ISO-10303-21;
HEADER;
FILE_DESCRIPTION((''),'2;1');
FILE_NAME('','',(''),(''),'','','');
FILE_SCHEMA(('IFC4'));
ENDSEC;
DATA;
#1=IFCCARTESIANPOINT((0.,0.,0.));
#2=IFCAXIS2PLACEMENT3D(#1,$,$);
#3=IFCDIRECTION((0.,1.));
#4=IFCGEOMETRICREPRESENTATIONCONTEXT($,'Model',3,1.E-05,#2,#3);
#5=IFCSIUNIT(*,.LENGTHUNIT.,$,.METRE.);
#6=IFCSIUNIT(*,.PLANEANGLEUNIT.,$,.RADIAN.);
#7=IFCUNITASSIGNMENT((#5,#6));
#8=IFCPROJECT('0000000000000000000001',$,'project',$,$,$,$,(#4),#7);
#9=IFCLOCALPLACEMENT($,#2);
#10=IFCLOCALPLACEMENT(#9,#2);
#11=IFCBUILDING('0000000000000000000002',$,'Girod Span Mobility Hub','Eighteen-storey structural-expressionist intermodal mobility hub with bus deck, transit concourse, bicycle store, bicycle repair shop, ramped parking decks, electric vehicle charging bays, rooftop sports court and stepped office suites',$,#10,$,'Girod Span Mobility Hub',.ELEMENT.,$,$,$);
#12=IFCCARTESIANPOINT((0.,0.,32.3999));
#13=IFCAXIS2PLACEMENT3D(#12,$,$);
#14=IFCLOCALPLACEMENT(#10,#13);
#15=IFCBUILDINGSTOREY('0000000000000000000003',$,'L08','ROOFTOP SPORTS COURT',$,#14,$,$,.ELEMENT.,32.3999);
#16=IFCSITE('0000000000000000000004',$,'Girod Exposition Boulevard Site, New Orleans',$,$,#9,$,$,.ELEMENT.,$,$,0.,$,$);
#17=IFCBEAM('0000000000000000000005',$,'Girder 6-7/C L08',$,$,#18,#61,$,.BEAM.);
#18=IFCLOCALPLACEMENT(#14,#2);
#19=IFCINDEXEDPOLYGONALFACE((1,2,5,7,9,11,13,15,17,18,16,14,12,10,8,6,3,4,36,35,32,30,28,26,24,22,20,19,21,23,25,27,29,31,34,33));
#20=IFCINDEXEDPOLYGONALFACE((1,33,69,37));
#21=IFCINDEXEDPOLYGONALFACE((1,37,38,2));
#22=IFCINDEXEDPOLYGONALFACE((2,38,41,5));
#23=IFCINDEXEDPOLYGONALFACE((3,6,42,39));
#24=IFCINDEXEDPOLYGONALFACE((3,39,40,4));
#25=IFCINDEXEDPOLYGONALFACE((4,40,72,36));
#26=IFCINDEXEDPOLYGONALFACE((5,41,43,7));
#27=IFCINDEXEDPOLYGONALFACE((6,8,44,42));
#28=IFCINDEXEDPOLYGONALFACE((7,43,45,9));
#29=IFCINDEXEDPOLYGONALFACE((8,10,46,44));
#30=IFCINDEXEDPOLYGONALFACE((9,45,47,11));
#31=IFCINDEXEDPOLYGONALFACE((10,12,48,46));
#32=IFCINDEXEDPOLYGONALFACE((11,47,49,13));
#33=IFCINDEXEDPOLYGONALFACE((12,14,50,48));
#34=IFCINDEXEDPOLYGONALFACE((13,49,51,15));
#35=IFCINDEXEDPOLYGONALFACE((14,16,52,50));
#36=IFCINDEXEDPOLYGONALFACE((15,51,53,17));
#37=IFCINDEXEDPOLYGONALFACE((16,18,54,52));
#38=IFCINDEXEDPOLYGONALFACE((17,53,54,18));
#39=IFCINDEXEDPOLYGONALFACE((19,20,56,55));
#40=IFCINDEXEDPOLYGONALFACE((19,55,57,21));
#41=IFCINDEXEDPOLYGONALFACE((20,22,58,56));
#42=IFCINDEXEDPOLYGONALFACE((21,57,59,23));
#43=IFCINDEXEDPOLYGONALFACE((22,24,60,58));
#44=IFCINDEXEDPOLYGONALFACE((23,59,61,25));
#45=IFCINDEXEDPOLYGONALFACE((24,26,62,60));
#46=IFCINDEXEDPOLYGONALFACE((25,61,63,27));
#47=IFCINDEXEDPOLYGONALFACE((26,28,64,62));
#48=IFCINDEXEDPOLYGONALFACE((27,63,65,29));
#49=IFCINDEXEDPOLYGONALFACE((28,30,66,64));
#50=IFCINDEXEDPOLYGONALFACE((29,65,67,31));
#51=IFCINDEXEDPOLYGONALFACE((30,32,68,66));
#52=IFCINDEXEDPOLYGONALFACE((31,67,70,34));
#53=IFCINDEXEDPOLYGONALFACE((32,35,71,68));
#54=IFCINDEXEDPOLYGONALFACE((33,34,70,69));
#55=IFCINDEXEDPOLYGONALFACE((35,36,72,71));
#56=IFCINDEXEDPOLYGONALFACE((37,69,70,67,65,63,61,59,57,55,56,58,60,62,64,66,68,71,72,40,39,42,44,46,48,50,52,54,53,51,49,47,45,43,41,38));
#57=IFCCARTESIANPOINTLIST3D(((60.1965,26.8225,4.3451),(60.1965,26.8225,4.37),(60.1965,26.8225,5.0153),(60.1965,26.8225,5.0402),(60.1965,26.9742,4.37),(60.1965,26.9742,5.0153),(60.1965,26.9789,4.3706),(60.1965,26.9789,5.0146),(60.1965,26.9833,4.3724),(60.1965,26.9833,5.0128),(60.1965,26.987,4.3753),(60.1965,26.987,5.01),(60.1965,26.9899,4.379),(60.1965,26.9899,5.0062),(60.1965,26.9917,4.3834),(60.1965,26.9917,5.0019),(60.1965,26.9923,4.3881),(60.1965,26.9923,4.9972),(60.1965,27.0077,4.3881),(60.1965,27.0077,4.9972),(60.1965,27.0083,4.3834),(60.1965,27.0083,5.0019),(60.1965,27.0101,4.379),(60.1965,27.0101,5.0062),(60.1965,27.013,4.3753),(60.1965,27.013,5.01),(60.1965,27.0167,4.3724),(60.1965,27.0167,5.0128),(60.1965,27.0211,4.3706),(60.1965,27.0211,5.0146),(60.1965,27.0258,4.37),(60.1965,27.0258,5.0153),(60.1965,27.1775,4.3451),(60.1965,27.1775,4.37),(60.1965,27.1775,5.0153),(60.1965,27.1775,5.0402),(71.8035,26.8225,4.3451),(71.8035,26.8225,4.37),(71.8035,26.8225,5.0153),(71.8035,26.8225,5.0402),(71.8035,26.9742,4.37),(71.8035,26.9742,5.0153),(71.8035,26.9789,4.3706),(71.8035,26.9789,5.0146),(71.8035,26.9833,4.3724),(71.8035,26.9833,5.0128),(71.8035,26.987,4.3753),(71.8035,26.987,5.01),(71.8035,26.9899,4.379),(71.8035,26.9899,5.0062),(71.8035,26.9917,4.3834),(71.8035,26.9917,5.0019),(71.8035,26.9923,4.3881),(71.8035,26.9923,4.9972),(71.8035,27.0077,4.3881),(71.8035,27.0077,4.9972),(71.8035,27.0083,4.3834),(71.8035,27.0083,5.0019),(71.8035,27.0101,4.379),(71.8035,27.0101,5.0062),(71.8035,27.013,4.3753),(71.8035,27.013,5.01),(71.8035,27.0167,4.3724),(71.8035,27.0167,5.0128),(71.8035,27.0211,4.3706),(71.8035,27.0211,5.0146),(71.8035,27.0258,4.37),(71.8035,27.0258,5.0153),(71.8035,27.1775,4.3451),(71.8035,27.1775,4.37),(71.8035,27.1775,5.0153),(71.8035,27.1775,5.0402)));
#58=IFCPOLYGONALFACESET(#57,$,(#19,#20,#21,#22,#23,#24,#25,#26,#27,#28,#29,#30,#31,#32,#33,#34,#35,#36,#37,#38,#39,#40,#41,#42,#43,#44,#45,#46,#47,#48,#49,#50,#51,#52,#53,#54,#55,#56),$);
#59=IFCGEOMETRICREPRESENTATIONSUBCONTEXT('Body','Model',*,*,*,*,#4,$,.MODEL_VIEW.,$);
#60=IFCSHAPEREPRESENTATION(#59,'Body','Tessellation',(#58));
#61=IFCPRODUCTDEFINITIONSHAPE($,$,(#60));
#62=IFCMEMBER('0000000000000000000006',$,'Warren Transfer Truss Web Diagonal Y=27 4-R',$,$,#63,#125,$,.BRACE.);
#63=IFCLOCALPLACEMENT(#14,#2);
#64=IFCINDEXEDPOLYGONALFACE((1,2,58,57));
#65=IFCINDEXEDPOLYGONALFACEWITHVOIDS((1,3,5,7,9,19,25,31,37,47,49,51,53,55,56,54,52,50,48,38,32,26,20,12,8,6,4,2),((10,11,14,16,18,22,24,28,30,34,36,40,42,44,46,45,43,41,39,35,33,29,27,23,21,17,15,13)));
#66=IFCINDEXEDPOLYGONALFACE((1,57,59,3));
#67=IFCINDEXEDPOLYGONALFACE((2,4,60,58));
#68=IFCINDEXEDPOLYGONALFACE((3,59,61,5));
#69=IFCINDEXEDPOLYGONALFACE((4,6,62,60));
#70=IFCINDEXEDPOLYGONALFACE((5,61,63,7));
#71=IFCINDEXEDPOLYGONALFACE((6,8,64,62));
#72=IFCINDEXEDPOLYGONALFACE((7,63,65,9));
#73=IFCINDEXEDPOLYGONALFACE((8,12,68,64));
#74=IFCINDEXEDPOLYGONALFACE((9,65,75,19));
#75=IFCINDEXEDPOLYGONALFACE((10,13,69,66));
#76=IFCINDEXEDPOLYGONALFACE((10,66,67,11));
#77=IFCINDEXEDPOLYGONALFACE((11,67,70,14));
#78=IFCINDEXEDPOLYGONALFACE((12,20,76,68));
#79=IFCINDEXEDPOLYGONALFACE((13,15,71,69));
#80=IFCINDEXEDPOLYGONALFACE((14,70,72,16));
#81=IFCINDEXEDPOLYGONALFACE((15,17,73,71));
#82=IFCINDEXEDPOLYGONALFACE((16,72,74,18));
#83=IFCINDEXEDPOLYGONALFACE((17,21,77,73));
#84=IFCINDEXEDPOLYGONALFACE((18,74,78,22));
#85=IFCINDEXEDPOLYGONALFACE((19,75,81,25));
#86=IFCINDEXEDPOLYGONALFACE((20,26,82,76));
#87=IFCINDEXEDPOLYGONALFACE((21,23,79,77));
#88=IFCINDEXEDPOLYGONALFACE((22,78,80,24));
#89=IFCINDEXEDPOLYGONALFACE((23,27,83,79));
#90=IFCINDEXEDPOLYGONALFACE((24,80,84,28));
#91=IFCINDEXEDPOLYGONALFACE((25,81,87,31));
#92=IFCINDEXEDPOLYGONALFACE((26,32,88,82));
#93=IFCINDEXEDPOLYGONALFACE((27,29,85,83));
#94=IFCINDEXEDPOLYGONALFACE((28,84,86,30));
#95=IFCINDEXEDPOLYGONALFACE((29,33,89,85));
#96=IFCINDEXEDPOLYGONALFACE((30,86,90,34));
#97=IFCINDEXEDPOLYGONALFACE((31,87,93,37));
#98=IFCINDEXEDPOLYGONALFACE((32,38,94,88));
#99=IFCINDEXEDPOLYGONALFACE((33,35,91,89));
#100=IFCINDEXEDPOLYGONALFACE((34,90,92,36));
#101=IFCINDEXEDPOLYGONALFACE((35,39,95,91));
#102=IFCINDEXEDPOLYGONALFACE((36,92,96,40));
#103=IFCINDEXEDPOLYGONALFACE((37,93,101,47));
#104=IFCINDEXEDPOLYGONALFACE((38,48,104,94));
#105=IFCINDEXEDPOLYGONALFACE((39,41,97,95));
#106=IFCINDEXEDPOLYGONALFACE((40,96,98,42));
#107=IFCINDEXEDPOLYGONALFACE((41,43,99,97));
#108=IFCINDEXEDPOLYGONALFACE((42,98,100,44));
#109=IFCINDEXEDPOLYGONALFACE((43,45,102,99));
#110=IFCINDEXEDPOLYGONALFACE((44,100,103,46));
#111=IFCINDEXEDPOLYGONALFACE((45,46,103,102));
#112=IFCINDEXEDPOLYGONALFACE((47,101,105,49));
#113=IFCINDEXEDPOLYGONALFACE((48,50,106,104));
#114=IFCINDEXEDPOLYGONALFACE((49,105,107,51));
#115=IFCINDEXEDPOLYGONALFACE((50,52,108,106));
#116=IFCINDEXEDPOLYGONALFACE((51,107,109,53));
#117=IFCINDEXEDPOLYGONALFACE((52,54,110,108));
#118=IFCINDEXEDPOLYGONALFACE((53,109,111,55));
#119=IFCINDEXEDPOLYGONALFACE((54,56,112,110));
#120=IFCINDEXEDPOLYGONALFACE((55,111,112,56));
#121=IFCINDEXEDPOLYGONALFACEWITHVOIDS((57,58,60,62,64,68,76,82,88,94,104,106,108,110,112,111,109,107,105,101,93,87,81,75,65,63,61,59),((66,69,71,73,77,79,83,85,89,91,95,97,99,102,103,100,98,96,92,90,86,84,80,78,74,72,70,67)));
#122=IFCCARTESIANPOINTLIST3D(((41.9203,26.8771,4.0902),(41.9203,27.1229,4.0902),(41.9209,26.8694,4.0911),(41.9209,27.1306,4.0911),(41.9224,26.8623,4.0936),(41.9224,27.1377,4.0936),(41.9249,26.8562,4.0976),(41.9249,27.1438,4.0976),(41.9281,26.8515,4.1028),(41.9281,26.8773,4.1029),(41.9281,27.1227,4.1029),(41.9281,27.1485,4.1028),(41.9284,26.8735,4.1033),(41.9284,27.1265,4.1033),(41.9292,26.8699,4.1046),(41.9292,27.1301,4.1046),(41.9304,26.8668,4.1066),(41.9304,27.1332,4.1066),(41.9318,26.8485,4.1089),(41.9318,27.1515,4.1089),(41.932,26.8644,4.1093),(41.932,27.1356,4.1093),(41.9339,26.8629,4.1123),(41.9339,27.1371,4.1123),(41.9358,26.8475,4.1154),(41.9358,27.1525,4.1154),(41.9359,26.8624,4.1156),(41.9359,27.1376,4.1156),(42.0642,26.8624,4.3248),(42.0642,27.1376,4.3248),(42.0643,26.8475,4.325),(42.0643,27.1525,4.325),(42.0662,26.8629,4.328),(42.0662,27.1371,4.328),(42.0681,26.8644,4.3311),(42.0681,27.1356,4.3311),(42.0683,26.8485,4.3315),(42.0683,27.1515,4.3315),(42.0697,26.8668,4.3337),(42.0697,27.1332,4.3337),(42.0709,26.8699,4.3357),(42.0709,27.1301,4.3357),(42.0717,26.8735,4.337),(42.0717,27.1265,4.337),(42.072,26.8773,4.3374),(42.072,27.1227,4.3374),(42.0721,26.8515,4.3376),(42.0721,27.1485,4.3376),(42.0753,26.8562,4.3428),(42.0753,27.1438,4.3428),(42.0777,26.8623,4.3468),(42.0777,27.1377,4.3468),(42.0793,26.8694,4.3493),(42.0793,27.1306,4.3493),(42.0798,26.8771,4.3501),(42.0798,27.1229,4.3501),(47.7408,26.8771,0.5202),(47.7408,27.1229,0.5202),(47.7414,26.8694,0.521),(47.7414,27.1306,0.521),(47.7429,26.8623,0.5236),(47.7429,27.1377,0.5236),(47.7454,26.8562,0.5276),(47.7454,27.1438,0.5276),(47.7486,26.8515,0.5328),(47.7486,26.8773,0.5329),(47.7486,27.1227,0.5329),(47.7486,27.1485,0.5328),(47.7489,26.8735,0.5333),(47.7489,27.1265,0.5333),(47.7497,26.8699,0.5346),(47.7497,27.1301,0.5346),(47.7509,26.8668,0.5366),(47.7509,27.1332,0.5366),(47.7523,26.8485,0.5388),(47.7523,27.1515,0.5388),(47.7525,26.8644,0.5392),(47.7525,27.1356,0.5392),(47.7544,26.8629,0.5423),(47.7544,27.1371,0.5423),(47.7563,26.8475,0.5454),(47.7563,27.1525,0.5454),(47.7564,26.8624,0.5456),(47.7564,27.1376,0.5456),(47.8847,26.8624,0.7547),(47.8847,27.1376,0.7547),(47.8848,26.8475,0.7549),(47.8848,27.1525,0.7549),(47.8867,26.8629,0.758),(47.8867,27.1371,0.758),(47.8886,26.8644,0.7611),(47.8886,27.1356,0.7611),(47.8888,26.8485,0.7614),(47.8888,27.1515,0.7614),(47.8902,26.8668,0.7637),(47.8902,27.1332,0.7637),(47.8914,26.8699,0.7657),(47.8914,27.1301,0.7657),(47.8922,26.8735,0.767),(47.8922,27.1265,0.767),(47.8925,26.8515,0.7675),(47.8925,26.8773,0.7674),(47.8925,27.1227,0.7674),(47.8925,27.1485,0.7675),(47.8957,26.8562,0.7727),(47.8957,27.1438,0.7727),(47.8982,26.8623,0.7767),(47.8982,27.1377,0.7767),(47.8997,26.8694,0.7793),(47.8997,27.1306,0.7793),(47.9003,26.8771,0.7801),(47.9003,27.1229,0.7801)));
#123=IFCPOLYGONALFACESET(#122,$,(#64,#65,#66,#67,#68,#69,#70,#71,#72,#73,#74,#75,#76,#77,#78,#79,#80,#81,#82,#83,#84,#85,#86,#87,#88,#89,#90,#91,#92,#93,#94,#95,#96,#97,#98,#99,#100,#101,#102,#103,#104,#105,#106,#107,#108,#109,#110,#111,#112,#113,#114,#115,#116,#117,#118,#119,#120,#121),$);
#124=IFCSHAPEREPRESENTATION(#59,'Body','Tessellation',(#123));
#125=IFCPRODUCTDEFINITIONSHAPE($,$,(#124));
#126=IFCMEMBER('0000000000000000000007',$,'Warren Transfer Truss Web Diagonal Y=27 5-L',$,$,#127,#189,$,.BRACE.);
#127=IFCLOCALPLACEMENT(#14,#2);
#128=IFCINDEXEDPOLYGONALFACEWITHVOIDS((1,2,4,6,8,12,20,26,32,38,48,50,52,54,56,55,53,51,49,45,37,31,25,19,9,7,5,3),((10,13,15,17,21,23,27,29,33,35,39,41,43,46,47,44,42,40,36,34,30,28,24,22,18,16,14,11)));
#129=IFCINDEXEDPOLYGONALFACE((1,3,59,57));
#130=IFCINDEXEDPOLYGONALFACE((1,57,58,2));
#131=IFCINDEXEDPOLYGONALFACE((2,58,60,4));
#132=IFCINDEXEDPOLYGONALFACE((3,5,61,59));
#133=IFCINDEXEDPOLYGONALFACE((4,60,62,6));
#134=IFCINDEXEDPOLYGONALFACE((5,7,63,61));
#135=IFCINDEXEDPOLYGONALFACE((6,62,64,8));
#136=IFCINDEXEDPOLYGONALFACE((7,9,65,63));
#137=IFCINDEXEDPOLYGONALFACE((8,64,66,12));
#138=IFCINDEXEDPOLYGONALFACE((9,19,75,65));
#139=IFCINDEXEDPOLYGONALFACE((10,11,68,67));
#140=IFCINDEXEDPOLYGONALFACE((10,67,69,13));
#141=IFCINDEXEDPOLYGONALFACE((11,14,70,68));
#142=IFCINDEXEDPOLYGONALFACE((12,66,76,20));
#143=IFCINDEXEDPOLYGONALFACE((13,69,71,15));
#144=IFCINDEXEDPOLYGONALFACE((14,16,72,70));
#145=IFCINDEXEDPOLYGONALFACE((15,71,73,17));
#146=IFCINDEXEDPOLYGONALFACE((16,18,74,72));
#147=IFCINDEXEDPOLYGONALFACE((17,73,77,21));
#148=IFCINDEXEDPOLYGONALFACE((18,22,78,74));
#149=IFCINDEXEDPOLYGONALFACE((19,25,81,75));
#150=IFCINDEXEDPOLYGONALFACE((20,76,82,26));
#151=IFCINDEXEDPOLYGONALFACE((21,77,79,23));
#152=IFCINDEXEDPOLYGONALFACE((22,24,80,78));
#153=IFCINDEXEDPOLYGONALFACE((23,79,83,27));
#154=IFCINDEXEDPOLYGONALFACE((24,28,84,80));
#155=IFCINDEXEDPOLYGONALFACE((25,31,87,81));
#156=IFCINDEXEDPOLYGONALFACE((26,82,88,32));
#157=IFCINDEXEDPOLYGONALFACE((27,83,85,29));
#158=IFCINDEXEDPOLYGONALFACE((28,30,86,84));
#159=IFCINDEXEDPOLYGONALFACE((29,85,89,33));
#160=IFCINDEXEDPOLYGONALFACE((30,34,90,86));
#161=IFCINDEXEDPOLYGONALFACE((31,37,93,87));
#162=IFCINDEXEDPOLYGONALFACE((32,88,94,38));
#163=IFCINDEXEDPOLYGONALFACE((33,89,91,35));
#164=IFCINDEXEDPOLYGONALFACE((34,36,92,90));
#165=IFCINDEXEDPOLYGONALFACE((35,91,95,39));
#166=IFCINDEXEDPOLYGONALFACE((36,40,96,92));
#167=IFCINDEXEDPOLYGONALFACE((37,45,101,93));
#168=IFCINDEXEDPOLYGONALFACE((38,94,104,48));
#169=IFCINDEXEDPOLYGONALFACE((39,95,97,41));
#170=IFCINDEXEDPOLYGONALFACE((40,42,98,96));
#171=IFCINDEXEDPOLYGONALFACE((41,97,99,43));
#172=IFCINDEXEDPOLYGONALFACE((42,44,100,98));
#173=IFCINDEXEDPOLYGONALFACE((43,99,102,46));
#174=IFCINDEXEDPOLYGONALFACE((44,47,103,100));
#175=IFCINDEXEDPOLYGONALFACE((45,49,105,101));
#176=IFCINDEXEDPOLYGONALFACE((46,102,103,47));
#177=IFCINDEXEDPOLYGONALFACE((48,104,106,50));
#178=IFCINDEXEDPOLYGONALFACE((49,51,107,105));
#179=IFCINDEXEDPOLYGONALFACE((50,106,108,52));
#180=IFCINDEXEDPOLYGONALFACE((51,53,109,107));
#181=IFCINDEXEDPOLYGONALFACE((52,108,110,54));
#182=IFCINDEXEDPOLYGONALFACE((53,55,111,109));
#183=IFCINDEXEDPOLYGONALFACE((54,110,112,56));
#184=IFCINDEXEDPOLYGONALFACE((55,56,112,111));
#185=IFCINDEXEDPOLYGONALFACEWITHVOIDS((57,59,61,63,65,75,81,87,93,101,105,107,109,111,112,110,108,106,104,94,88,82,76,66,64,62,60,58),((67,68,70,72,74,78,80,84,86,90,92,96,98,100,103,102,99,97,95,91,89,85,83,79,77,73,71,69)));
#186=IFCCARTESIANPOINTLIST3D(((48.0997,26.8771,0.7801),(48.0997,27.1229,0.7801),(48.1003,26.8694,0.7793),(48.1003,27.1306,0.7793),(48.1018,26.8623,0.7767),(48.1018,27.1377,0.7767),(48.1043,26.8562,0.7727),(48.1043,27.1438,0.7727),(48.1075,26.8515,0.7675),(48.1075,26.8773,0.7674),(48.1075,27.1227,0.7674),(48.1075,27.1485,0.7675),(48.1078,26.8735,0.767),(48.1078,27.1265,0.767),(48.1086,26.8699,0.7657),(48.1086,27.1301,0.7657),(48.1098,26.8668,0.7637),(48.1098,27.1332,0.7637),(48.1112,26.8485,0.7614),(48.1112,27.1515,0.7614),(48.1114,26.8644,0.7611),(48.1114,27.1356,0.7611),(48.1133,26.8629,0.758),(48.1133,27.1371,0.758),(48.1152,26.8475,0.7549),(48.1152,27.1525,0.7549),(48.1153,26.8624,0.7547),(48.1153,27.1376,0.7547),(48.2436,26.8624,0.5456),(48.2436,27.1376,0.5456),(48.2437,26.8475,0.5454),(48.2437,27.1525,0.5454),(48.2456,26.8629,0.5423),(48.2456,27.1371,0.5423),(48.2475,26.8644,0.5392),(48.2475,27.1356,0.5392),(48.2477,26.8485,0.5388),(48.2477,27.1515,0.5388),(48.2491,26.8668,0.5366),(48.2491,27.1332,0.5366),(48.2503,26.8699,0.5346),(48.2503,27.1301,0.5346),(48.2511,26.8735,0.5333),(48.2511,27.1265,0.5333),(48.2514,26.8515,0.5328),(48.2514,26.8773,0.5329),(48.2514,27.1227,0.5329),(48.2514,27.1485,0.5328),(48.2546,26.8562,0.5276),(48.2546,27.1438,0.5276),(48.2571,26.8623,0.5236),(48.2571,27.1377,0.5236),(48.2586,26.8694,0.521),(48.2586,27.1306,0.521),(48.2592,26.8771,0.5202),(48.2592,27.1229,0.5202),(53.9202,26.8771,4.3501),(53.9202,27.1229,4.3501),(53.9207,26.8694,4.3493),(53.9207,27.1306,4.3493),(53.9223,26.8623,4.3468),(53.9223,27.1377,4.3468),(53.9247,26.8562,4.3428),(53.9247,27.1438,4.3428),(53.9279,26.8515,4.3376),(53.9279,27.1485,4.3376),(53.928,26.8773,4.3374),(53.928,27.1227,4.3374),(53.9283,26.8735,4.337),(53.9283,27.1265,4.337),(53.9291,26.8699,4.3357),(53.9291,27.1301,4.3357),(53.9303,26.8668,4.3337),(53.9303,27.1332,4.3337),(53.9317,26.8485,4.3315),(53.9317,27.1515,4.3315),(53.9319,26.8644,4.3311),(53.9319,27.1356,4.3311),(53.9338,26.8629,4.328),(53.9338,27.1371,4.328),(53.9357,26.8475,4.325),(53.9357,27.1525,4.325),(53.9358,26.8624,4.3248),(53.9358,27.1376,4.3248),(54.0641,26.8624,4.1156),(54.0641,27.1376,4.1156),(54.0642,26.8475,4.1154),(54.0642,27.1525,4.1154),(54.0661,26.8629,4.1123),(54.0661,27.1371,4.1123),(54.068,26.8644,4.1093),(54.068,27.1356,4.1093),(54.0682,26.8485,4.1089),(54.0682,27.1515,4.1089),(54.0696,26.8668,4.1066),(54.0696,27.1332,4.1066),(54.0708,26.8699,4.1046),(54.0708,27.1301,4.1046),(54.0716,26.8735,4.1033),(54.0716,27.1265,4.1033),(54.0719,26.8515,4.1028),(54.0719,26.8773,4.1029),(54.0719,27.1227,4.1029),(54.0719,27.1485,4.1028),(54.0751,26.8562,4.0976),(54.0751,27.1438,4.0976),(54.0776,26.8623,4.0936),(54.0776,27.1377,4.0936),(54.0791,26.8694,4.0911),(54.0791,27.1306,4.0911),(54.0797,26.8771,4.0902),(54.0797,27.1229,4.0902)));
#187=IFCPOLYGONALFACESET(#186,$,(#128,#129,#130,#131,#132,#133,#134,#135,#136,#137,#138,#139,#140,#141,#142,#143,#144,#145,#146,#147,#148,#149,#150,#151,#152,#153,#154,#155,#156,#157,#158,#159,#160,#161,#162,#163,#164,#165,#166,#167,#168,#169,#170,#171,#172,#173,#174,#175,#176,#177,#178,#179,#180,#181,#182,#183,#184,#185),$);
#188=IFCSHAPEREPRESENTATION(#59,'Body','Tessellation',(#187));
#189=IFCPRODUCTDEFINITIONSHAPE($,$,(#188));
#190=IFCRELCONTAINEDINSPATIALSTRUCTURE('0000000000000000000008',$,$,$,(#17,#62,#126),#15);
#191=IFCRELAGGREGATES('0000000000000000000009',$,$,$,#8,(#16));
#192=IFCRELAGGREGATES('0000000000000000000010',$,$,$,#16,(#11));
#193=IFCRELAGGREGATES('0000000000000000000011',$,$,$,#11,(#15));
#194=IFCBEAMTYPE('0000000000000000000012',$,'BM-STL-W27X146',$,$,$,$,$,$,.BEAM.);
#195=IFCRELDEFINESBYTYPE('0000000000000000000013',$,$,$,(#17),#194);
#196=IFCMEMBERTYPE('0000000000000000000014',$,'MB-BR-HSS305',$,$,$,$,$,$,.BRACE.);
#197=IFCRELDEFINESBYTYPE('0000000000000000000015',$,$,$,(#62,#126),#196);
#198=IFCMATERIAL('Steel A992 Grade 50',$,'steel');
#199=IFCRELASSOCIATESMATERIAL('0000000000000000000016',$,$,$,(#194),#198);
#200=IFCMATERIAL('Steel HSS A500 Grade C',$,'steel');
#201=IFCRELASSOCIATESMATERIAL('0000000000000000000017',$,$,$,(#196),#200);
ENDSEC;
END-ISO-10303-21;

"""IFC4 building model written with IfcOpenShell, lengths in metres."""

from ifc_helpers import new_model, si_unit, direction, frame, origin, origin_2d, place, context, subcontext, project, spatial, hollow_rectangle, i_section, extrude, material, material_profile, profile_set, type_object, element, save


model = new_model("IFC4")

# Units and contexts
model_context = context("Model", 3, precision=1e-05, world=origin(), true_north=direction((0.0, 1.0)))
body_context = subcontext(model_context, "Body", "Model", "MODEL_VIEW")
ifc_project = project(units=[si_unit("LENGTHUNIT", "METRE"), si_unit("PLANEANGLEUNIT", "RADIAN")], contexts=[model_context])

# Site, building, storey
site_placement = place(None, origin())
site = spatial("IfcSite", under=ifc_project, at=site_placement, Name="Girod Exposition Boulevard Site, New Orleans", CompositionType="ELEMENT", RefElevation=0.0)
building_placement = place(site_placement, origin())
building = spatial("IfcBuilding", under=site, at=building_placement, Name="Girod Span Mobility Hub", Description="Eighteen-storey structural-expressionist intermodal mobility hub with bus deck, transit concourse, bicycle store, bicycle repair shop, ramped parking decks, electric vehicle charging bays, rooftop sports court and stepped office suites", LongName="Girod Span Mobility Hub", CompositionType="ELEMENT")
storey_placement = place(building_placement, frame((0.0, 0.0, 32.3999)))
storey = spatial("IfcBuildingStorey", under=building, at=storey_placement, Name="L08", Description="ROOFTOP SPORTS COURT", CompositionType="ELEMENT", Elevation=32.3999)

# Beam
ifc_material_1 = material(Name="Steel A992 Grade 50", Category="steel")
ifc_material_profile_1 = material_profile(ifc_material_1, i_section(OverallWidth=0.355, OverallDepth=0.6951, WebThickness=0.0154, FlangeThickness=0.0249, FilletRadius=0.0181, at=origin_2d()), Name="W27X146")
ifc_profile_set_1 = profile_set([ifc_material_profile_1], Name="Steel A992 Grade 50")
beam_type_1 = type_object("IfcBeamType", Name="BM-STL-W27X146", PredefinedType="BEAM", material=ifc_profile_set_1)
for number, where, z_axis, x_axis, name in (
    (1, (60.1965, 27.0, 4.6926), (1.0, 0.0, 0.0), (0.0, 1.0, 0.0), "Girder 6-7/C L08"),
):
    element("IfcBeam", number, at=place(storey_placement, frame(where, z_axis=z_axis, x_axis=x_axis)), inside=storey, type_object=beam_type_1, Name=name, PredefinedType="BEAM", context=body_context, shape_type="SweptSolid", body=[
        extrude(i_section(OverallWidth=0.355, OverallDepth=0.6951, WebThickness=0.0154, FlangeThickness=0.0249, FilletRadius=0.0181, at=origin_2d()), origin(), (0.0, 0.0, 1.0), 11.6069),
    ])

# Members
ifc_material_2 = material(Name="Steel HSS A500 Grade C", Category="steel")
ifc_material_profile_2 = material_profile(ifc_material_2, hollow_rectangle(XDim=0.3049, YDim=0.3049, WallThickness=0.0149, InnerFilletRadius=0.0149, OuterFilletRadius=0.0295, at=origin_2d()), Name="HSS305X305X16")
ifc_profile_set_2 = profile_set([ifc_material_profile_2], Name="Steel HSS A500 Grade C")
member_type_1 = type_object("IfcMemberType", Name="MB-BR-HSS305", PredefinedType="BRACE", material=ifc_profile_set_2)
for number, where, z_axis, x_axis, name in (
    (2, (47.8206, 27.0, 0.6501), (-0.85243, 0.0, 0.522842), (0.0, -1.0, 0.0), "Warren Transfer Truss Web Diagonal Y=27 4-R"),
    (3, (48.1794, 27.0, 0.6501), (0.85243, 0.0, 0.522842), (0.0, 1.0, 0.0), "Warren Transfer Truss Web Diagonal Y=27 5-L"),
):
    element("IfcMember", number, at=place(storey_placement, frame(where, z_axis=z_axis, x_axis=x_axis)), inside=storey, type_object=member_type_1, Name=name, PredefinedType="BRACE", context=body_context, shape_type="SweptSolid", body=[
        extrude(hollow_rectangle(XDim=0.3049, YDim=0.3049, WallThickness=0.0149, InnerFilletRadius=0.0149, OuterFilletRadius=0.0295, at=origin_2d()), origin(), (0.0, 0.0, 1.0), 6.8281),
    ])

save(model, "model.ifc")
